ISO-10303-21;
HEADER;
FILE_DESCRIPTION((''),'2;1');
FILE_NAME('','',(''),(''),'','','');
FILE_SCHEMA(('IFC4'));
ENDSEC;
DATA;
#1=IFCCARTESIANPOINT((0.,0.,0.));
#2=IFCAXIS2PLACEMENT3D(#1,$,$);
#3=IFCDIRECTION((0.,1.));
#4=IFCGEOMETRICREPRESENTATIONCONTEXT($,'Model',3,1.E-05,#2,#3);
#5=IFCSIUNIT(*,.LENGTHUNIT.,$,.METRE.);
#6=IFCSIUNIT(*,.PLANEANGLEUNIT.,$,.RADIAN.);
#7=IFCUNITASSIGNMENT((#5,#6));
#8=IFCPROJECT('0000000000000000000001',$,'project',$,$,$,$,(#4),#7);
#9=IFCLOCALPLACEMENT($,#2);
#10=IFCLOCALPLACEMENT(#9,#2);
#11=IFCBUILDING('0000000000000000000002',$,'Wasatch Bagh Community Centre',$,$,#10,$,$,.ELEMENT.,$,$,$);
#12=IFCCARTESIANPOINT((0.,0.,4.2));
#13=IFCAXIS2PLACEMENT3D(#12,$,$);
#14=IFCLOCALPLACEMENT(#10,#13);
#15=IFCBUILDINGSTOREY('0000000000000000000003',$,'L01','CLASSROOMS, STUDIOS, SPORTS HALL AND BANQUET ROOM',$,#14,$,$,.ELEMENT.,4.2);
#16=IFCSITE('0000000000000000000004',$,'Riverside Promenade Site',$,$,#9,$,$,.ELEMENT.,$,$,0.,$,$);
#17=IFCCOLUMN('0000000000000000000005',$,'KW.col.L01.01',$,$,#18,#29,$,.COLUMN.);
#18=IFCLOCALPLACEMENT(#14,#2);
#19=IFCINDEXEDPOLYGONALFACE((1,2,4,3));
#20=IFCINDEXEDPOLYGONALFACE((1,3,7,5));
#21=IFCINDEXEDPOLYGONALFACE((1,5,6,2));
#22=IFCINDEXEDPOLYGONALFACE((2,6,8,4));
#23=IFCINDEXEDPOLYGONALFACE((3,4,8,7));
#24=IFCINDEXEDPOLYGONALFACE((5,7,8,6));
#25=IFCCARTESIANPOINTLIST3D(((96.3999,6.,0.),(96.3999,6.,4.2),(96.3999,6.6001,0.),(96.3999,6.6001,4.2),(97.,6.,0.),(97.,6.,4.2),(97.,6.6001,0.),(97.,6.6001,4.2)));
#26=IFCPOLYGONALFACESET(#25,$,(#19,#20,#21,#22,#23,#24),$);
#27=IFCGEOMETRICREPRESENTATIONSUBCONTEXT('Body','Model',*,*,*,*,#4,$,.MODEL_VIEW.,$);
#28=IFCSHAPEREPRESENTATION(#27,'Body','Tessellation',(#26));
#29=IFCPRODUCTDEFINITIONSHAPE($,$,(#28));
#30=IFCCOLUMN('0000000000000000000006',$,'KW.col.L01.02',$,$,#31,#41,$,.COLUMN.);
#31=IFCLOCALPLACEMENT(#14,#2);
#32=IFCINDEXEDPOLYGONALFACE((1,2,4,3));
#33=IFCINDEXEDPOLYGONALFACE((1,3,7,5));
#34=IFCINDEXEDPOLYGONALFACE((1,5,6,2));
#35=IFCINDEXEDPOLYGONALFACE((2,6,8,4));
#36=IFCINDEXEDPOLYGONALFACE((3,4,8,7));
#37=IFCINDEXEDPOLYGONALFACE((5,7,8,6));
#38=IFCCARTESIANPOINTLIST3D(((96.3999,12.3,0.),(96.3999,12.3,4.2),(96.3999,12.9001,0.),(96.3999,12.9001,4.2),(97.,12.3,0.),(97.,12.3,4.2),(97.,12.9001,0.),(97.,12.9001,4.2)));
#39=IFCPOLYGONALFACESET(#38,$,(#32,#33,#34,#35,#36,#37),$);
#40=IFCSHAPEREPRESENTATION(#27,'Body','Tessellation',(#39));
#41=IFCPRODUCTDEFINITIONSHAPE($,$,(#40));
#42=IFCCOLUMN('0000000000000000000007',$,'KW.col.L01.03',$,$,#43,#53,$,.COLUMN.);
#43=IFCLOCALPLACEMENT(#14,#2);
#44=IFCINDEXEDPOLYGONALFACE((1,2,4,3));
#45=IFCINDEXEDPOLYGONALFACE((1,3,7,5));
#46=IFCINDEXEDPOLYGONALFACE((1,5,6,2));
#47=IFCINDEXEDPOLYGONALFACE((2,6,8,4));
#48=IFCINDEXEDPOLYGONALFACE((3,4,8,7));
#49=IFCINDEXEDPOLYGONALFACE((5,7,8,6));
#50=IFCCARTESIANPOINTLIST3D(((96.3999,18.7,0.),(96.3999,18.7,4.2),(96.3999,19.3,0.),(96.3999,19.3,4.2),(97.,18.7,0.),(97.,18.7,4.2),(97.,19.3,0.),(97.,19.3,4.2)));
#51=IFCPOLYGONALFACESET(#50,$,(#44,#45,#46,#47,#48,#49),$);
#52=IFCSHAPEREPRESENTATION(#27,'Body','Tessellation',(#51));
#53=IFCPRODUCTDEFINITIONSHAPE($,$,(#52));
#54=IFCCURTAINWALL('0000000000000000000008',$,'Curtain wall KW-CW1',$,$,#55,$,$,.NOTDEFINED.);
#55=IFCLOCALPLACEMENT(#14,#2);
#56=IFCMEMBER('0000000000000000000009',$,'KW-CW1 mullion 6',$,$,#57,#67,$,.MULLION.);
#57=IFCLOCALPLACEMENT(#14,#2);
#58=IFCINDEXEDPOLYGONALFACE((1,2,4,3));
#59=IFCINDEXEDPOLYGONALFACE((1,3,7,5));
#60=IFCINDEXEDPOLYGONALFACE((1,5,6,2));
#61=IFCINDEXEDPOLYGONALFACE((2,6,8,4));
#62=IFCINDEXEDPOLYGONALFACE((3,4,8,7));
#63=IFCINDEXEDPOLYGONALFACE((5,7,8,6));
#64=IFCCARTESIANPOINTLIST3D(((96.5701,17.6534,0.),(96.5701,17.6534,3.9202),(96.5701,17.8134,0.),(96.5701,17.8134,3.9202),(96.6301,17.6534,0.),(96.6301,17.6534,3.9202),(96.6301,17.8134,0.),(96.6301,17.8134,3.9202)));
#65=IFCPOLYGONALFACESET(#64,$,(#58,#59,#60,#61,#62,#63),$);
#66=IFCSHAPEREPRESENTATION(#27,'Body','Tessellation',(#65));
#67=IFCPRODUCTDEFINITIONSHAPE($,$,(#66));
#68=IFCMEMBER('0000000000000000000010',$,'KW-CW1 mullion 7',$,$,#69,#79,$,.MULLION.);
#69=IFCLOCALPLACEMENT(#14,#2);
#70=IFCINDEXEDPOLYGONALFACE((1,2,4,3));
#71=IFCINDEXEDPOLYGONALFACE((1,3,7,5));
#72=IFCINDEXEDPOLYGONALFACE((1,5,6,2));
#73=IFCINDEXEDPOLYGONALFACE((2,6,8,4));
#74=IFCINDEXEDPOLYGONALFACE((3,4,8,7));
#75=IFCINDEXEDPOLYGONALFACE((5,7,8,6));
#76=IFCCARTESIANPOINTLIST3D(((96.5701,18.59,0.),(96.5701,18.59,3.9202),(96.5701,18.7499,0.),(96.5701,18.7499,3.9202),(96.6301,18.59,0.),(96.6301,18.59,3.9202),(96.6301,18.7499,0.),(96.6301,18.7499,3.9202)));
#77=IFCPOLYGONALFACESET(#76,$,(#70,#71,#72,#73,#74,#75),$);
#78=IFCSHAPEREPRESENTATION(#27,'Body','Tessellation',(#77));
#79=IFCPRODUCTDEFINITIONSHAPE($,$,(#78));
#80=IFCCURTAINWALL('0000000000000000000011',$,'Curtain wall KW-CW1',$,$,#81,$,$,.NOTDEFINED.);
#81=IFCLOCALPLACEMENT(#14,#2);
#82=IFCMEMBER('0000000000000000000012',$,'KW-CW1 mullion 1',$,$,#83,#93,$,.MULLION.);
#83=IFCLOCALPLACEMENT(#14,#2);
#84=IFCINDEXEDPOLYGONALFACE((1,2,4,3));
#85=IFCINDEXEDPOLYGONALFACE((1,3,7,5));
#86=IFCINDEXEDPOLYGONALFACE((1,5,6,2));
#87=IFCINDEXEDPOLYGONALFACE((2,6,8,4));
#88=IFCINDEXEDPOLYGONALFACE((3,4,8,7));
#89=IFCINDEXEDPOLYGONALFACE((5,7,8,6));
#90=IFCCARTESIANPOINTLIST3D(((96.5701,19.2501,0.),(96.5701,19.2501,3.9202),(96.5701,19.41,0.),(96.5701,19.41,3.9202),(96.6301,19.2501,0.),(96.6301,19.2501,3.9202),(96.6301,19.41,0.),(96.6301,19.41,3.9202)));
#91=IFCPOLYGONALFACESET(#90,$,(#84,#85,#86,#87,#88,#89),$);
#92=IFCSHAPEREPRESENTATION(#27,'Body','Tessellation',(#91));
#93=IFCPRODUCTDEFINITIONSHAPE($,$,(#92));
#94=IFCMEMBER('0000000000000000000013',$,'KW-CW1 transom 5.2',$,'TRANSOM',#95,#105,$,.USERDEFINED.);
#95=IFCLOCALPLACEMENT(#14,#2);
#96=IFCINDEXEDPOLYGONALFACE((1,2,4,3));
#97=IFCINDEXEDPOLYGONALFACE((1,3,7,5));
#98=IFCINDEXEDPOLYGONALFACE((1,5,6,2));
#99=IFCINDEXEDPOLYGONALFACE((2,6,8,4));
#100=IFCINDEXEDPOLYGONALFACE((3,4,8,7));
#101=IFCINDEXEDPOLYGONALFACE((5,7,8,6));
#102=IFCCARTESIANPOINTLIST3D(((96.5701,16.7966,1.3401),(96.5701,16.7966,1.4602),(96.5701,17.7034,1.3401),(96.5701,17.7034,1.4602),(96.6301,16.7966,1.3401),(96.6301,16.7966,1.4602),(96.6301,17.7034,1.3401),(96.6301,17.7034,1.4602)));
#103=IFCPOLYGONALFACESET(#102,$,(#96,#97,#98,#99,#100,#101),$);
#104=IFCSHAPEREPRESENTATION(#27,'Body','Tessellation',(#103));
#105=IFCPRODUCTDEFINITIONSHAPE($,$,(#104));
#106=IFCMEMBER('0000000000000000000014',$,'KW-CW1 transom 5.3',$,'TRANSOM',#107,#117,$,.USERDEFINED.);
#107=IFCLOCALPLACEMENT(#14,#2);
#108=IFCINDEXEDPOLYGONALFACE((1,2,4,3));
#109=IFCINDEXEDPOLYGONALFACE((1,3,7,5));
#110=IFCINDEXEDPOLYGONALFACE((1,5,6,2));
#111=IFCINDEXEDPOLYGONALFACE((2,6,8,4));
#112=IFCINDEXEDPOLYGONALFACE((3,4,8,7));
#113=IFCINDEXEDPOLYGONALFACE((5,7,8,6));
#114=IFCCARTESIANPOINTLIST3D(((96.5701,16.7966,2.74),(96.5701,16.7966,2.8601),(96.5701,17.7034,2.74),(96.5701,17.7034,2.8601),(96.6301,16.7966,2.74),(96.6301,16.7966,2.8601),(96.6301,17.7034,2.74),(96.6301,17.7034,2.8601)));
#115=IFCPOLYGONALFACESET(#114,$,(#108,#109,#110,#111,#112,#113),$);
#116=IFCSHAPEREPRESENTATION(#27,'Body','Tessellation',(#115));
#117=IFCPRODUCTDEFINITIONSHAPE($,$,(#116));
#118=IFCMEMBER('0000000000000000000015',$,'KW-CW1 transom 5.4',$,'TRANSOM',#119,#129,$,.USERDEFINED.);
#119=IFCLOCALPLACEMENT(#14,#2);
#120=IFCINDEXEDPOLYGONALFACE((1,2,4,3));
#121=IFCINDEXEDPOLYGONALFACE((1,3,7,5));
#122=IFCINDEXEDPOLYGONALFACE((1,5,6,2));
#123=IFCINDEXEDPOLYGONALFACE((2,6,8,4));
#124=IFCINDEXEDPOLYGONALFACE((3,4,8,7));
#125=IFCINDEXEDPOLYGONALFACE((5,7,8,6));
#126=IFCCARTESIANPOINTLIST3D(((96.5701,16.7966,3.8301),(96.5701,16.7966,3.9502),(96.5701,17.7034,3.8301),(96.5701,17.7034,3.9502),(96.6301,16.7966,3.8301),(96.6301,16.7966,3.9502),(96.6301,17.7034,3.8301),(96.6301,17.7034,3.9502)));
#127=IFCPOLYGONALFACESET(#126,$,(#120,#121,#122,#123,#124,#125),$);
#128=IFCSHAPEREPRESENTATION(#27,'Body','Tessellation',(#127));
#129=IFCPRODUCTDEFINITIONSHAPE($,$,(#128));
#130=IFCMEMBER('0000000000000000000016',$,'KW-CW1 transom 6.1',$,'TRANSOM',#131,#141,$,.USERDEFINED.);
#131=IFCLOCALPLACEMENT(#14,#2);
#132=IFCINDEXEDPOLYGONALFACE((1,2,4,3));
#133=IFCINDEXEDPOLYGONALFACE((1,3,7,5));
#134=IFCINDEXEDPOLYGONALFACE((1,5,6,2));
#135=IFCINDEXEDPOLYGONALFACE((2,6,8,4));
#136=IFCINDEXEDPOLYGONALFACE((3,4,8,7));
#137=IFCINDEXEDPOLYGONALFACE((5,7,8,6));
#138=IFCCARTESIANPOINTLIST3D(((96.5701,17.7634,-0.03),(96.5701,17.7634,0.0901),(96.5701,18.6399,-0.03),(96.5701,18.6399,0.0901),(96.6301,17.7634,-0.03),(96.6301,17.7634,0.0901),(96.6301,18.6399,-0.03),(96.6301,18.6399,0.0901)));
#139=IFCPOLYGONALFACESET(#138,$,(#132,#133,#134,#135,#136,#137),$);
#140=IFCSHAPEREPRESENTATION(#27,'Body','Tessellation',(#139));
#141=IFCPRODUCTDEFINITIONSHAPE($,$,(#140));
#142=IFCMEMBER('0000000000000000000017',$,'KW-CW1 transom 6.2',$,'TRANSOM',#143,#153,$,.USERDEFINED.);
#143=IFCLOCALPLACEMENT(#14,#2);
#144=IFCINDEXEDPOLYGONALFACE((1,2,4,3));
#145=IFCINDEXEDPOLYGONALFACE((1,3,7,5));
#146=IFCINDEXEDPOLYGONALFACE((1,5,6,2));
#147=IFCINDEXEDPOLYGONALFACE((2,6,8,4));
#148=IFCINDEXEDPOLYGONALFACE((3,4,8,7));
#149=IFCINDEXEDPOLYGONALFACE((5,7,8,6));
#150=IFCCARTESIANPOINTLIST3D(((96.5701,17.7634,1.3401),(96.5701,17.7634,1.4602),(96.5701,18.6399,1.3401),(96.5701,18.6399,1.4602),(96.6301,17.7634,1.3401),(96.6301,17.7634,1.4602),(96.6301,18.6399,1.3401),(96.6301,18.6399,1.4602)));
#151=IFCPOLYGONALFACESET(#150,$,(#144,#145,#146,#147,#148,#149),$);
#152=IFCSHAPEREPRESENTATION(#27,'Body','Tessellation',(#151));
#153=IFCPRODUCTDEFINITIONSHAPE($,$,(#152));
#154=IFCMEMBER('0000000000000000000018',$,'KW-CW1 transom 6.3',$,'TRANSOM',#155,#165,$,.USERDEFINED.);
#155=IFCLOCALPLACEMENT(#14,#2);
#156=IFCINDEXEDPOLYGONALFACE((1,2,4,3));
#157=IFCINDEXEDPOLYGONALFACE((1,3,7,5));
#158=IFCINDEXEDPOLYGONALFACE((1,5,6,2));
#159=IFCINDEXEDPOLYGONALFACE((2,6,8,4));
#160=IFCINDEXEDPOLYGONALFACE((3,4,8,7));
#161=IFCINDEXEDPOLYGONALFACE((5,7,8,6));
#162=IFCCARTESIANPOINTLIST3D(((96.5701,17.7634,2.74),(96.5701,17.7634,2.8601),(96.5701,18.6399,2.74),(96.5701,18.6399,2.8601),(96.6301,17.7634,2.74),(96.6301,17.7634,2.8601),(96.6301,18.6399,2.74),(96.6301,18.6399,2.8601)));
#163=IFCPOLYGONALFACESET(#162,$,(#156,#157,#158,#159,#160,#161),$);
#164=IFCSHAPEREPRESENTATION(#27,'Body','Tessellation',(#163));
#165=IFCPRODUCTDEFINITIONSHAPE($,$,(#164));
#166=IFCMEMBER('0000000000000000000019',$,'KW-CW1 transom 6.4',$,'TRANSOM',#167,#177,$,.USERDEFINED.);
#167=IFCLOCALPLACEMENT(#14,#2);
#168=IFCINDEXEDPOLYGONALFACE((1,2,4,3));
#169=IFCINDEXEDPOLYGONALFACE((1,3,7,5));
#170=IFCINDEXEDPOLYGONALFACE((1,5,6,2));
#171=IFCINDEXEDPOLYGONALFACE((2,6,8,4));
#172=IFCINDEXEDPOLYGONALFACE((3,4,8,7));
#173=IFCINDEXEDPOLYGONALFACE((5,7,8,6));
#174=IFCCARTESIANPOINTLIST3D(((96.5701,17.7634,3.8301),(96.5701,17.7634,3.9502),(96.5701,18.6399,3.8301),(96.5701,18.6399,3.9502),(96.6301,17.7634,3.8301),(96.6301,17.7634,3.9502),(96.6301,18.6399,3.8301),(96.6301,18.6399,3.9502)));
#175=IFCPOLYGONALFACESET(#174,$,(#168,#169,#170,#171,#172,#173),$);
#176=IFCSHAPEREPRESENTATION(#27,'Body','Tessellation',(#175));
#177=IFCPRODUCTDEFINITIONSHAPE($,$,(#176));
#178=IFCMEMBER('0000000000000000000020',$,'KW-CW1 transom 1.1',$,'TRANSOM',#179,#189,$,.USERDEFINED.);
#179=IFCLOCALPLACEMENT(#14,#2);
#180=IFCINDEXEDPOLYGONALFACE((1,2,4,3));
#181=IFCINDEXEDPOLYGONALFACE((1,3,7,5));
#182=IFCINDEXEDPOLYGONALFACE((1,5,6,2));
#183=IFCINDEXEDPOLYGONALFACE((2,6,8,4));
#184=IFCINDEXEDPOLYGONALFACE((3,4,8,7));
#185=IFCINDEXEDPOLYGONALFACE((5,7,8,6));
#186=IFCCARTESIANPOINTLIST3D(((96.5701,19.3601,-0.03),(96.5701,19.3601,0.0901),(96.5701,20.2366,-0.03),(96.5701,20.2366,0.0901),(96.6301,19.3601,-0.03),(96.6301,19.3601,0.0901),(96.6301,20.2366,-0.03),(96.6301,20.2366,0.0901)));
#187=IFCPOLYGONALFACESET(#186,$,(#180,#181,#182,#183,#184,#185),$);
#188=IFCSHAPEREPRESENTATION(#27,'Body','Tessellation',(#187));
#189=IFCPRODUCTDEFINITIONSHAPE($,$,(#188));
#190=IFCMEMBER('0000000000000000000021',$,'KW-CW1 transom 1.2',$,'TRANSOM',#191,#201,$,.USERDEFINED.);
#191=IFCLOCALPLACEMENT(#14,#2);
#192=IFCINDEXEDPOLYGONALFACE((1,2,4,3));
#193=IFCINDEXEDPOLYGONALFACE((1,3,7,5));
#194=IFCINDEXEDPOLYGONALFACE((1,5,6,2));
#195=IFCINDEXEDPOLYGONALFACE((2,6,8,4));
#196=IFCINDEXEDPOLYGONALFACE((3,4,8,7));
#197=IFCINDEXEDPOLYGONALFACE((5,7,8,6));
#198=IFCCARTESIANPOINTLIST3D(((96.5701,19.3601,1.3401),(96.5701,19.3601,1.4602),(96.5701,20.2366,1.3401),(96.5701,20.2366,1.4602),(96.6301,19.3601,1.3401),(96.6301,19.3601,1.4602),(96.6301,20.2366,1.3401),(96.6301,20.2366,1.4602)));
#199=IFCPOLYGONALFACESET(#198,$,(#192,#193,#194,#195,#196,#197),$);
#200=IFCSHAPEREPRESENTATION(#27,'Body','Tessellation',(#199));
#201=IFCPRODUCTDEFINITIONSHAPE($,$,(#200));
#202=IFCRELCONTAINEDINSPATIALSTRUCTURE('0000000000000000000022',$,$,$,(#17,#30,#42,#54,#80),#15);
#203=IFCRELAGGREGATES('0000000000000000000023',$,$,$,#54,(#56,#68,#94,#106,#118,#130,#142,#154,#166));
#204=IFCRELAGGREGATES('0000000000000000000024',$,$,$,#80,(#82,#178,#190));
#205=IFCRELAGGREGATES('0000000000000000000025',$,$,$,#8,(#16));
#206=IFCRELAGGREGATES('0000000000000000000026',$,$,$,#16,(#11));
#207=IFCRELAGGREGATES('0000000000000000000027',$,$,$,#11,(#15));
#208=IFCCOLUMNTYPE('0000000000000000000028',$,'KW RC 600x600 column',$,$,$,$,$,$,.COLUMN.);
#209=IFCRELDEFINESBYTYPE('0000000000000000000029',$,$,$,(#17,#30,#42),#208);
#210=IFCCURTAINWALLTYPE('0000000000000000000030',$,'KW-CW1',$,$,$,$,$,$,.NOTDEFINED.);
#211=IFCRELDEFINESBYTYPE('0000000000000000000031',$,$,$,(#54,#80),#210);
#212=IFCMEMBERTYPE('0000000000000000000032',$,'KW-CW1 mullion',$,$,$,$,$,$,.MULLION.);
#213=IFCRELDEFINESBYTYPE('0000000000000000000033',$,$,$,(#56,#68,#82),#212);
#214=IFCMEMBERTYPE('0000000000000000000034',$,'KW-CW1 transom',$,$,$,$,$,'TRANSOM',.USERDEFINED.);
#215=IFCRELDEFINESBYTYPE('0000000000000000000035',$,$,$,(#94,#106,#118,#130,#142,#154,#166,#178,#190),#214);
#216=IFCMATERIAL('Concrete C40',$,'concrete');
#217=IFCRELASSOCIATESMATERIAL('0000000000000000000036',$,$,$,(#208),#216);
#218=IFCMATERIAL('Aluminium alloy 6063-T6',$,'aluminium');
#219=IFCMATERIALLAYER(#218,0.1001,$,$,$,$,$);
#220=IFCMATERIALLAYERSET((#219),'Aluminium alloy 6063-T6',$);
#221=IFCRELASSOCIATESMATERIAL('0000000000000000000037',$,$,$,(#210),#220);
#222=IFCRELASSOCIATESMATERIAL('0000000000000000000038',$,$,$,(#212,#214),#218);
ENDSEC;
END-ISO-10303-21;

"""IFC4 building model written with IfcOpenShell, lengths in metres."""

from ifc_helpers import new_model, si_unit, direction, frame, origin, origin_2d, place, context, subcontext, project, spatial, rectangle, extrude, material, layer, layer_set, material_profile, profile_set, type_object, element, aggregate, save


model = new_model("IFC4")

# Units and contexts
model_context = context("Model", 3, precision=1e-05, world=origin(), true_north=direction((0.0, 1.0)))
body_context = subcontext(model_context, "Body", "Model", "MODEL_VIEW")
ifc_project = project(units=[si_unit("LENGTHUNIT", "METRE"), si_unit("PLANEANGLEUNIT", "RADIAN")], contexts=[model_context])

# Site, building, storey
site_placement = place(None, origin())
site = spatial("IfcSite", under=ifc_project, at=site_placement, Name="Riverside Promenade Site", CompositionType="ELEMENT", RefElevation=0.0)
building_placement = place(site_placement, origin())
building = spatial("IfcBuilding", under=site, at=building_placement, Name="Wasatch Bagh Community Centre", CompositionType="ELEMENT")
storey_placement = place(building_placement, frame((0.0, 0.0, 4.2)))
storey = spatial("IfcBuildingStorey", under=building, at=storey_placement, Name="L01", Description="CLASSROOMS, STUDIOS, SPORTS HALL AND BANQUET ROOM", CompositionType="ELEMENT", Elevation=4.2)

# Columns
ifc_material_1 = material(Name="Concrete C40", Category="concrete")
ifc_material_profile_1 = material_profile(ifc_material_1, rectangle(XDim=0.6001, YDim=0.6001, at=origin_2d()), Name="RC 600x600")
ifc_profile_set_1 = profile_set([ifc_material_profile_1], Name="Concrete C40")
column_type = type_object("IfcColumnType", Name="KW RC 600x600 column", PredefinedType="COLUMN", material=ifc_profile_set_1)
for number, where, z_axis, x_axis, name in (
    (1, (96.7, 6.3, 0.0), (0.0, 0.0, 1.0), (1.0, 0.0, 0.0), "KW.col.L01.01"),
    (2, (96.7, 12.6001, 0.0), (0.0, 0.0, 1.0), (1.0, 0.0, 0.0), "KW.col.L01.02"),
    (3, (96.7, 19.0, 0.0), (0.0, 0.0, 1.0), (1.0, 0.0, 0.0), "KW.col.L01.03"),
):
    element("IfcColumn", number, at=place(storey_placement, frame(where, z_axis=z_axis, x_axis=x_axis)), inside=storey, type_object=column_type, Name=name, PredefinedType="COLUMN", context=body_context, shape_type="SweptSolid", body=[
        extrude(rectangle(XDim=0.6001, YDim=0.6001, at=origin_2d()), origin(), (0.0, 0.0, 1.0), 4.2),
    ])

# Curtain wall, members
ifc_material_2 = material(Name="Aluminium alloy 6063-T6", Category="aluminium")
ifc_layer_1 = layer(ifc_material_2, 0.1001)
ifc_layer_set_1 = layer_set([ifc_layer_1], Name="Aluminium alloy 6063-T6")
curtain_wall_type = type_object("IfcCurtainWallType", Name="KW-CW1", PredefinedType="NOTDEFINED", material=ifc_layer_set_1)
curtain_wall_1_placement = place(storey_placement, origin())
curtain_wall_1 = element("IfcCurtainWall", 4, at=curtain_wall_1_placement, inside=storey, type_object=curtain_wall_type, Name="Curtain wall KW-CW1", PredefinedType="NOTDEFINED")
ifc_material_profile_2 = material_profile(ifc_material_2, rectangle(XDim=0.0601, YDim=0.1599, at=origin_2d()), Name="AL 60x160")
ifc_profile_set_2 = profile_set([ifc_material_profile_2], Name="Aluminium alloy 6063-T6")
member_type_1 = type_object("IfcMemberType", Name="KW-CW1 mullion", PredefinedType="MULLION", material=ifc_profile_set_2)
member_1_placement = place(storey_placement, frame((96.6001, 17.7334, 0.0), z_axis=(0.0, 0.0, 1.0), x_axis=(-1.0, 0.0, 0.0)))
member_1 = element("IfcMember", 5, at=member_1_placement, type_object=member_type_1, Name="KW-CW1 mullion 6", PredefinedType="MULLION", context=body_context, shape_type="SweptSolid", body=[
    extrude(rectangle(XDim=0.0601, YDim=0.1599, at=origin_2d()), origin(), (0.0, 0.0, 1.0), 3.9202),
])
member_2_placement = place(storey_placement, frame((96.6001, 18.6699, 0.0), z_axis=(0.0, 0.0, 1.0), x_axis=(-1.0, 0.0, 0.0)))
member_2 = element("IfcMember", 6, at=member_2_placement, type_object=member_type_1, Name="KW-CW1 mullion 7", PredefinedType="MULLION", context=body_context, shape_type="SweptSolid", body=[
    extrude(rectangle(XDim=0.0601, YDim=0.1599, at=origin_2d()), origin(), (0.0, 0.0, 1.0), 3.9202),
])

# Curtain wall, member
curtain_wall_2_placement = place(storey_placement, origin())
curtain_wall_2 = element("IfcCurtainWall", 7, at=curtain_wall_2_placement, inside=storey, type_object=curtain_wall_type, Name="Curtain wall KW-CW1", PredefinedType="NOTDEFINED")
member_3_placement = place(storey_placement, frame((96.6001, 19.3301, 0.0), z_axis=(0.0, 0.0, 1.0), x_axis=(-1.0, 0.0, 0.0)))
member_3 = element("IfcMember", 8, at=member_3_placement, type_object=member_type_1, Name="KW-CW1 mullion 1", PredefinedType="MULLION", context=body_context, shape_type="SweptSolid", body=[
    extrude(rectangle(XDim=0.0601, YDim=0.1599, at=origin_2d()), origin(), (0.0, 0.0, 1.0), 3.9202),
])

# Members
ifc_material_profile_3 = material_profile(ifc_material_2, rectangle(XDim=0.0601, YDim=0.1201, at=origin_2d()), Name="AL 60x120")
ifc_profile_set_3 = profile_set([ifc_material_profile_3], Name="Aluminium alloy 6063-T6")
member_type_2 = type_object("IfcMemberType", Name="KW-CW1 transom", ElementType="TRANSOM", PredefinedType="USERDEFINED", material=ifc_profile_set_3)
member_4_placement = place(storey_placement, frame((96.6001, 16.7966, 1.4001), z_axis=(0.0, 1.0, 0.0), x_axis=(-1.0, 0.0, 0.0)))
member_4 = element("IfcMember", 9, at=member_4_placement, type_object=member_type_2, Name="KW-CW1 transom 5.2", ObjectType="TRANSOM", PredefinedType="USERDEFINED", context=body_context, shape_type="SweptSolid", body=[
    extrude(rectangle(XDim=0.0601, YDim=0.1201, at=origin_2d()), origin(), (0.0, 0.0, 1.0), 0.9067),
])
member_5_placement = place(storey_placement, frame((96.6001, 16.7966, 2.8), z_axis=(0.0, 1.0, 0.0), x_axis=(-1.0, 0.0, 0.0)))
member_5 = element("IfcMember", 10, at=member_5_placement, type_object=member_type_2, Name="KW-CW1 transom 5.3", ObjectType="TRANSOM", PredefinedType="USERDEFINED", context=body_context, shape_type="SweptSolid", body=[
    extrude(rectangle(XDim=0.0601, YDim=0.1201, at=origin_2d()), origin(), (0.0, 0.0, 1.0), 0.9067),
])
member_6_placement = place(storey_placement, frame((96.6001, 16.7966, 3.8901), z_axis=(0.0, 1.0, 0.0), x_axis=(-1.0, 0.0, 0.0)))
member_6 = element("IfcMember", 11, at=member_6_placement, type_object=member_type_2, Name="KW-CW1 transom 5.4", ObjectType="TRANSOM", PredefinedType="USERDEFINED", context=body_context, shape_type="SweptSolid", body=[
    extrude(rectangle(XDim=0.0601, YDim=0.1201, at=origin_2d()), origin(), (0.0, 0.0, 1.0), 0.9067),
])
member_7_placement = place(storey_placement, frame((96.6001, 17.7634, 0.03), z_axis=(0.0, 1.0, 0.0), x_axis=(-1.0, 0.0, 0.0)))
member_7 = element("IfcMember", 12, at=member_7_placement, type_object=member_type_2, Name="KW-CW1 transom 6.1", ObjectType="TRANSOM", PredefinedType="USERDEFINED", context=body_context, shape_type="SweptSolid", body=[
    extrude(rectangle(XDim=0.0601, YDim=0.1201, at=origin_2d()), origin(), (0.0, 0.0, 1.0), 0.8765),
])
member_8_placement = place(storey_placement, frame((96.6001, 17.7634, 1.4001), z_axis=(0.0, 1.0, 0.0), x_axis=(-1.0, 0.0, 0.0)))
member_8 = element("IfcMember", 13, at=member_8_placement, type_object=member_type_2, Name="KW-CW1 transom 6.2", ObjectType="TRANSOM", PredefinedType="USERDEFINED", context=body_context, shape_type="SweptSolid", body=[
    extrude(rectangle(XDim=0.0601, YDim=0.1201, at=origin_2d()), origin(), (0.0, 0.0, 1.0), 0.8765),
])
member_9_placement = place(storey_placement, frame((96.6001, 17.7634, 2.8), z_axis=(0.0, 1.0, 0.0), x_axis=(-1.0, 0.0, 0.0)))
member_9 = element("IfcMember", 14, at=member_9_placement, type_object=member_type_2, Name="KW-CW1 transom 6.3", ObjectType="TRANSOM", PredefinedType="USERDEFINED", context=body_context, shape_type="SweptSolid", body=[
    extrude(rectangle(XDim=0.0601, YDim=0.1201, at=origin_2d()), origin(), (0.0, 0.0, 1.0), 0.8765),
])
member_10_placement = place(storey_placement, frame((96.6001, 17.7634, 3.8901), z_axis=(0.0, 1.0, 0.0), x_axis=(-1.0, 0.0, 0.0)))
member_10 = element("IfcMember", 15, at=member_10_placement, type_object=member_type_2, Name="KW-CW1 transom 6.4", ObjectType="TRANSOM", PredefinedType="USERDEFINED", context=body_context, shape_type="SweptSolid", body=[
    extrude(rectangle(XDim=0.0601, YDim=0.1201, at=origin_2d()), origin(), (0.0, 0.0, 1.0), 0.8765),
])
member_11_placement = place(storey_placement, frame((96.6001, 19.3601, 0.03), z_axis=(0.0, 1.0, 0.0), x_axis=(-1.0, 0.0, 0.0)))
member_11 = element("IfcMember", 16, at=member_11_placement, type_object=member_type_2, Name="KW-CW1 transom 1.1", ObjectType="TRANSOM", PredefinedType="USERDEFINED", context=body_context, shape_type="SweptSolid", body=[
    extrude(rectangle(XDim=0.0601, YDim=0.1201, at=origin_2d()), origin(), (0.0, 0.0, 1.0), 0.8765),
])
member_12_placement = place(storey_placement, frame((96.6001, 19.3601, 1.4001), z_axis=(0.0, 1.0, 0.0), x_axis=(-1.0, 0.0, 0.0)))
member_12 = element("IfcMember", 17, at=member_12_placement, type_object=member_type_2, Name="KW-CW1 transom 1.2", ObjectType="TRANSOM", PredefinedType="USERDEFINED", context=body_context, shape_type="SweptSolid", body=[
    extrude(rectangle(XDim=0.0601, YDim=0.1201, at=origin_2d()), origin(), (0.0, 0.0, 1.0), 0.8765),
])

aggregate(curtain_wall_1, [member_1, member_2, member_4, member_5, member_6, member_7, member_8, member_9, member_10])
aggregate(curtain_wall_2, [member_3, member_11, member_12])

save(model, "model.ifc")
